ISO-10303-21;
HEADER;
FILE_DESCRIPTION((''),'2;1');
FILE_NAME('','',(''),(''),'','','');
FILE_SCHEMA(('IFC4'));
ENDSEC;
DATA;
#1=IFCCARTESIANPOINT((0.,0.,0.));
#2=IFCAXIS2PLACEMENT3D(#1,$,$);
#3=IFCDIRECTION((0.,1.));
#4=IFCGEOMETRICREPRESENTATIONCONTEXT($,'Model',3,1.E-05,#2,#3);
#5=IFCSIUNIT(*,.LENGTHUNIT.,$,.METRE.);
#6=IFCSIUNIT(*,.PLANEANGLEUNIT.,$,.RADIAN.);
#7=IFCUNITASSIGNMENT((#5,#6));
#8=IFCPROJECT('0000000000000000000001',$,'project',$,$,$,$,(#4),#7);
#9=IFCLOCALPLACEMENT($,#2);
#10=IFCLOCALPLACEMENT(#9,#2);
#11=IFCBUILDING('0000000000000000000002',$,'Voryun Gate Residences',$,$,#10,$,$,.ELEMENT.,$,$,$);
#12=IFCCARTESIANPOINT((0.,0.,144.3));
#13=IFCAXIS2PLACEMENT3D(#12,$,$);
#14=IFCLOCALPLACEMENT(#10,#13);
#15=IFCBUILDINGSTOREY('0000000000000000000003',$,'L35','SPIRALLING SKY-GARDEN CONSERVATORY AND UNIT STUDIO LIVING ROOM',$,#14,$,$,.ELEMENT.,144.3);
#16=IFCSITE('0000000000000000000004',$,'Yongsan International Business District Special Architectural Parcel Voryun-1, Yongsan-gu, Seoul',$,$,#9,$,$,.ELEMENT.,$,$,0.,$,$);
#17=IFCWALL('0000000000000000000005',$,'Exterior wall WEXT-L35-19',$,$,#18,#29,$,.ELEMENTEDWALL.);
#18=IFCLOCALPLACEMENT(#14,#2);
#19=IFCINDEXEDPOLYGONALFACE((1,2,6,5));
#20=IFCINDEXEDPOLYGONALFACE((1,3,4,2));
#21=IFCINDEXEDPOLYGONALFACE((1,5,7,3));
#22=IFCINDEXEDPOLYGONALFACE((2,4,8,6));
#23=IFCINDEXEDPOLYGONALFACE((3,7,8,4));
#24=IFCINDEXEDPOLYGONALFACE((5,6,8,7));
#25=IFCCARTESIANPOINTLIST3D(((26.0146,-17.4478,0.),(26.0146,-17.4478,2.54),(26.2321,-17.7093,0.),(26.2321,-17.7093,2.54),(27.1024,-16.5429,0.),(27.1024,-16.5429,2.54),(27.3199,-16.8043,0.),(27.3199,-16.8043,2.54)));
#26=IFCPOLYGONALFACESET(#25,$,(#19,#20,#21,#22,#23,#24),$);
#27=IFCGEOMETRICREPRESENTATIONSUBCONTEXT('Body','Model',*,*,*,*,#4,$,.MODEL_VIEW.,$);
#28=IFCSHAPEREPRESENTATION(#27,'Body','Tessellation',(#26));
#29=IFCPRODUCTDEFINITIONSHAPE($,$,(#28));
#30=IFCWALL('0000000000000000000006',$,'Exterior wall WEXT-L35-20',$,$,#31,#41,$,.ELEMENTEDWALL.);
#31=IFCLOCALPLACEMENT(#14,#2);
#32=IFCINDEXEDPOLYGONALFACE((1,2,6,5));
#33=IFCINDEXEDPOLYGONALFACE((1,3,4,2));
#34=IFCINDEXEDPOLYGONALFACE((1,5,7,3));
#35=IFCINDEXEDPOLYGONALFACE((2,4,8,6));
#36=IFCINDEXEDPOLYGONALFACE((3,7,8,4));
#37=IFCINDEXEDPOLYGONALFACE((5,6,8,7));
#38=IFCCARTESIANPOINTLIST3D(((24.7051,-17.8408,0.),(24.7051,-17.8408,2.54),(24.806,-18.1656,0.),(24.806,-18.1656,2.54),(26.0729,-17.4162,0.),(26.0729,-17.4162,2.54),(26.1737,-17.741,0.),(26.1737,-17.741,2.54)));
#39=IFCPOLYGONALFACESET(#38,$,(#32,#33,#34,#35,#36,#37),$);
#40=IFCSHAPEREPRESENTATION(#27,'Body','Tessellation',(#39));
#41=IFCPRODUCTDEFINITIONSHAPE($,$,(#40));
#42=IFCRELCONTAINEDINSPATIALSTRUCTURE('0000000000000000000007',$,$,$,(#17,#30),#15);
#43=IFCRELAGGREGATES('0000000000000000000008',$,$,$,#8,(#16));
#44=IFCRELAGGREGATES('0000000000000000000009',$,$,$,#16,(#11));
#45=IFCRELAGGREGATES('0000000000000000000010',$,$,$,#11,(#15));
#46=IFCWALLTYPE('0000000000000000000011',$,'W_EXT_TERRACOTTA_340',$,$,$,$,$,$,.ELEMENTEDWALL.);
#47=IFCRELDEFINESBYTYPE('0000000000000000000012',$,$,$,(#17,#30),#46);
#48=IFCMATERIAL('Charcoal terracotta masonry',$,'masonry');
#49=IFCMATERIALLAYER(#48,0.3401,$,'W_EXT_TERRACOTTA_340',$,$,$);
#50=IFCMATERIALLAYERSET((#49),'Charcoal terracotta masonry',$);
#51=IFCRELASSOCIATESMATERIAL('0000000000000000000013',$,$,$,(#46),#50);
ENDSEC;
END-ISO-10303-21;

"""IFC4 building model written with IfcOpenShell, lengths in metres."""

from ifc_helpers import new_model, si_unit, direction, frame, frame_2d, origin, place, context, subcontext, project, spatial, rectangle, extrude, material, layer, layer_set, type_object, element, save


model = new_model("IFC4")

# Units and contexts
model_context = context("Model", 3, precision=1e-05, world=origin(), true_north=direction((0.0, 1.0)))
body_context = subcontext(model_context, "Body", "Model", "MODEL_VIEW")
ifc_project = project(units=[si_unit("LENGTHUNIT", "METRE"), si_unit("PLANEANGLEUNIT", "RADIAN")], contexts=[model_context])

# Site, building, storey
site_placement = place(None, origin())
site = spatial("IfcSite", under=ifc_project, at=site_placement, Name="Yongsan International Business District Special Architectural Parcel Voryun-1, Yongsan-gu, Seoul", CompositionType="ELEMENT", RefElevation=0.0)
building_placement = place(site_placement, origin())
building = spatial("IfcBuilding", under=site, at=building_placement, Name="Voryun Gate Residences", CompositionType="ELEMENT")
storey_placement = place(building_placement, frame((0.0, 0.0, 144.3)))
storey = spatial("IfcBuildingStorey", under=building, at=storey_placement, Name="L35", Description="SPIRALLING SKY-GARDEN CONSERVATORY AND UNIT STUDIO LIVING ROOM", CompositionType="ELEMENT", Elevation=144.3)

# Shared definitions
ifc_material_1 = material(Name="Charcoal terracotta masonry", Category="masonry")
ifc_layer_1 = layer(ifc_material_1, 0.3401, Name="W_EXT_TERRACOTTA_340")
ifc_layer_set_1 = layer_set([ifc_layer_1], Name="Charcoal terracotta masonry")
wall_type = type_object("IfcWallType", Name="W_EXT_TERRACOTTA_340", PredefinedType="ELEMENTEDWALL", material=ifc_layer_set_1)

# Walls
wall_1_placement = place(storey_placement, frame((27.2112, -16.6736, 0.0), z_axis=(0.0, 0.0, 1.0), x_axis=(-0.768758, -0.639539, 0.0)))
element("IfcWall", 1, at=wall_1_placement, inside=storey, type_object=wall_type, Name="Exterior wall WEXT-L35-19", PredefinedType="ELEMENTEDWALL", context=body_context, shape_type="SweptSolid", body=[
    extrude(rectangle(XDim=1.415, YDim=0.3401, at=frame_2d((0.7075, 0.0))), origin(), (0.0, 0.0, 1.0), 2.54),
])
wall_2_placement = place(storey_placement, frame((26.1233, -17.5786, 0.0), z_axis=(0.0, 0.0, 1.0), x_axis=(-0.955043, -0.296469, 0.0)))
element("IfcWall", 2, at=wall_2_placement, inside=storey, type_object=wall_type, Name="Exterior wall WEXT-L35-20", PredefinedType="ELEMENTEDWALL", context=body_context, shape_type="SweptSolid", body=[
    extrude(rectangle(XDim=1.4321, YDim=0.3401, at=frame_2d((0.7161, 0.0))), origin(), (0.0, 0.0, 1.0), 2.54),
])

save(model, "model.ifc")
